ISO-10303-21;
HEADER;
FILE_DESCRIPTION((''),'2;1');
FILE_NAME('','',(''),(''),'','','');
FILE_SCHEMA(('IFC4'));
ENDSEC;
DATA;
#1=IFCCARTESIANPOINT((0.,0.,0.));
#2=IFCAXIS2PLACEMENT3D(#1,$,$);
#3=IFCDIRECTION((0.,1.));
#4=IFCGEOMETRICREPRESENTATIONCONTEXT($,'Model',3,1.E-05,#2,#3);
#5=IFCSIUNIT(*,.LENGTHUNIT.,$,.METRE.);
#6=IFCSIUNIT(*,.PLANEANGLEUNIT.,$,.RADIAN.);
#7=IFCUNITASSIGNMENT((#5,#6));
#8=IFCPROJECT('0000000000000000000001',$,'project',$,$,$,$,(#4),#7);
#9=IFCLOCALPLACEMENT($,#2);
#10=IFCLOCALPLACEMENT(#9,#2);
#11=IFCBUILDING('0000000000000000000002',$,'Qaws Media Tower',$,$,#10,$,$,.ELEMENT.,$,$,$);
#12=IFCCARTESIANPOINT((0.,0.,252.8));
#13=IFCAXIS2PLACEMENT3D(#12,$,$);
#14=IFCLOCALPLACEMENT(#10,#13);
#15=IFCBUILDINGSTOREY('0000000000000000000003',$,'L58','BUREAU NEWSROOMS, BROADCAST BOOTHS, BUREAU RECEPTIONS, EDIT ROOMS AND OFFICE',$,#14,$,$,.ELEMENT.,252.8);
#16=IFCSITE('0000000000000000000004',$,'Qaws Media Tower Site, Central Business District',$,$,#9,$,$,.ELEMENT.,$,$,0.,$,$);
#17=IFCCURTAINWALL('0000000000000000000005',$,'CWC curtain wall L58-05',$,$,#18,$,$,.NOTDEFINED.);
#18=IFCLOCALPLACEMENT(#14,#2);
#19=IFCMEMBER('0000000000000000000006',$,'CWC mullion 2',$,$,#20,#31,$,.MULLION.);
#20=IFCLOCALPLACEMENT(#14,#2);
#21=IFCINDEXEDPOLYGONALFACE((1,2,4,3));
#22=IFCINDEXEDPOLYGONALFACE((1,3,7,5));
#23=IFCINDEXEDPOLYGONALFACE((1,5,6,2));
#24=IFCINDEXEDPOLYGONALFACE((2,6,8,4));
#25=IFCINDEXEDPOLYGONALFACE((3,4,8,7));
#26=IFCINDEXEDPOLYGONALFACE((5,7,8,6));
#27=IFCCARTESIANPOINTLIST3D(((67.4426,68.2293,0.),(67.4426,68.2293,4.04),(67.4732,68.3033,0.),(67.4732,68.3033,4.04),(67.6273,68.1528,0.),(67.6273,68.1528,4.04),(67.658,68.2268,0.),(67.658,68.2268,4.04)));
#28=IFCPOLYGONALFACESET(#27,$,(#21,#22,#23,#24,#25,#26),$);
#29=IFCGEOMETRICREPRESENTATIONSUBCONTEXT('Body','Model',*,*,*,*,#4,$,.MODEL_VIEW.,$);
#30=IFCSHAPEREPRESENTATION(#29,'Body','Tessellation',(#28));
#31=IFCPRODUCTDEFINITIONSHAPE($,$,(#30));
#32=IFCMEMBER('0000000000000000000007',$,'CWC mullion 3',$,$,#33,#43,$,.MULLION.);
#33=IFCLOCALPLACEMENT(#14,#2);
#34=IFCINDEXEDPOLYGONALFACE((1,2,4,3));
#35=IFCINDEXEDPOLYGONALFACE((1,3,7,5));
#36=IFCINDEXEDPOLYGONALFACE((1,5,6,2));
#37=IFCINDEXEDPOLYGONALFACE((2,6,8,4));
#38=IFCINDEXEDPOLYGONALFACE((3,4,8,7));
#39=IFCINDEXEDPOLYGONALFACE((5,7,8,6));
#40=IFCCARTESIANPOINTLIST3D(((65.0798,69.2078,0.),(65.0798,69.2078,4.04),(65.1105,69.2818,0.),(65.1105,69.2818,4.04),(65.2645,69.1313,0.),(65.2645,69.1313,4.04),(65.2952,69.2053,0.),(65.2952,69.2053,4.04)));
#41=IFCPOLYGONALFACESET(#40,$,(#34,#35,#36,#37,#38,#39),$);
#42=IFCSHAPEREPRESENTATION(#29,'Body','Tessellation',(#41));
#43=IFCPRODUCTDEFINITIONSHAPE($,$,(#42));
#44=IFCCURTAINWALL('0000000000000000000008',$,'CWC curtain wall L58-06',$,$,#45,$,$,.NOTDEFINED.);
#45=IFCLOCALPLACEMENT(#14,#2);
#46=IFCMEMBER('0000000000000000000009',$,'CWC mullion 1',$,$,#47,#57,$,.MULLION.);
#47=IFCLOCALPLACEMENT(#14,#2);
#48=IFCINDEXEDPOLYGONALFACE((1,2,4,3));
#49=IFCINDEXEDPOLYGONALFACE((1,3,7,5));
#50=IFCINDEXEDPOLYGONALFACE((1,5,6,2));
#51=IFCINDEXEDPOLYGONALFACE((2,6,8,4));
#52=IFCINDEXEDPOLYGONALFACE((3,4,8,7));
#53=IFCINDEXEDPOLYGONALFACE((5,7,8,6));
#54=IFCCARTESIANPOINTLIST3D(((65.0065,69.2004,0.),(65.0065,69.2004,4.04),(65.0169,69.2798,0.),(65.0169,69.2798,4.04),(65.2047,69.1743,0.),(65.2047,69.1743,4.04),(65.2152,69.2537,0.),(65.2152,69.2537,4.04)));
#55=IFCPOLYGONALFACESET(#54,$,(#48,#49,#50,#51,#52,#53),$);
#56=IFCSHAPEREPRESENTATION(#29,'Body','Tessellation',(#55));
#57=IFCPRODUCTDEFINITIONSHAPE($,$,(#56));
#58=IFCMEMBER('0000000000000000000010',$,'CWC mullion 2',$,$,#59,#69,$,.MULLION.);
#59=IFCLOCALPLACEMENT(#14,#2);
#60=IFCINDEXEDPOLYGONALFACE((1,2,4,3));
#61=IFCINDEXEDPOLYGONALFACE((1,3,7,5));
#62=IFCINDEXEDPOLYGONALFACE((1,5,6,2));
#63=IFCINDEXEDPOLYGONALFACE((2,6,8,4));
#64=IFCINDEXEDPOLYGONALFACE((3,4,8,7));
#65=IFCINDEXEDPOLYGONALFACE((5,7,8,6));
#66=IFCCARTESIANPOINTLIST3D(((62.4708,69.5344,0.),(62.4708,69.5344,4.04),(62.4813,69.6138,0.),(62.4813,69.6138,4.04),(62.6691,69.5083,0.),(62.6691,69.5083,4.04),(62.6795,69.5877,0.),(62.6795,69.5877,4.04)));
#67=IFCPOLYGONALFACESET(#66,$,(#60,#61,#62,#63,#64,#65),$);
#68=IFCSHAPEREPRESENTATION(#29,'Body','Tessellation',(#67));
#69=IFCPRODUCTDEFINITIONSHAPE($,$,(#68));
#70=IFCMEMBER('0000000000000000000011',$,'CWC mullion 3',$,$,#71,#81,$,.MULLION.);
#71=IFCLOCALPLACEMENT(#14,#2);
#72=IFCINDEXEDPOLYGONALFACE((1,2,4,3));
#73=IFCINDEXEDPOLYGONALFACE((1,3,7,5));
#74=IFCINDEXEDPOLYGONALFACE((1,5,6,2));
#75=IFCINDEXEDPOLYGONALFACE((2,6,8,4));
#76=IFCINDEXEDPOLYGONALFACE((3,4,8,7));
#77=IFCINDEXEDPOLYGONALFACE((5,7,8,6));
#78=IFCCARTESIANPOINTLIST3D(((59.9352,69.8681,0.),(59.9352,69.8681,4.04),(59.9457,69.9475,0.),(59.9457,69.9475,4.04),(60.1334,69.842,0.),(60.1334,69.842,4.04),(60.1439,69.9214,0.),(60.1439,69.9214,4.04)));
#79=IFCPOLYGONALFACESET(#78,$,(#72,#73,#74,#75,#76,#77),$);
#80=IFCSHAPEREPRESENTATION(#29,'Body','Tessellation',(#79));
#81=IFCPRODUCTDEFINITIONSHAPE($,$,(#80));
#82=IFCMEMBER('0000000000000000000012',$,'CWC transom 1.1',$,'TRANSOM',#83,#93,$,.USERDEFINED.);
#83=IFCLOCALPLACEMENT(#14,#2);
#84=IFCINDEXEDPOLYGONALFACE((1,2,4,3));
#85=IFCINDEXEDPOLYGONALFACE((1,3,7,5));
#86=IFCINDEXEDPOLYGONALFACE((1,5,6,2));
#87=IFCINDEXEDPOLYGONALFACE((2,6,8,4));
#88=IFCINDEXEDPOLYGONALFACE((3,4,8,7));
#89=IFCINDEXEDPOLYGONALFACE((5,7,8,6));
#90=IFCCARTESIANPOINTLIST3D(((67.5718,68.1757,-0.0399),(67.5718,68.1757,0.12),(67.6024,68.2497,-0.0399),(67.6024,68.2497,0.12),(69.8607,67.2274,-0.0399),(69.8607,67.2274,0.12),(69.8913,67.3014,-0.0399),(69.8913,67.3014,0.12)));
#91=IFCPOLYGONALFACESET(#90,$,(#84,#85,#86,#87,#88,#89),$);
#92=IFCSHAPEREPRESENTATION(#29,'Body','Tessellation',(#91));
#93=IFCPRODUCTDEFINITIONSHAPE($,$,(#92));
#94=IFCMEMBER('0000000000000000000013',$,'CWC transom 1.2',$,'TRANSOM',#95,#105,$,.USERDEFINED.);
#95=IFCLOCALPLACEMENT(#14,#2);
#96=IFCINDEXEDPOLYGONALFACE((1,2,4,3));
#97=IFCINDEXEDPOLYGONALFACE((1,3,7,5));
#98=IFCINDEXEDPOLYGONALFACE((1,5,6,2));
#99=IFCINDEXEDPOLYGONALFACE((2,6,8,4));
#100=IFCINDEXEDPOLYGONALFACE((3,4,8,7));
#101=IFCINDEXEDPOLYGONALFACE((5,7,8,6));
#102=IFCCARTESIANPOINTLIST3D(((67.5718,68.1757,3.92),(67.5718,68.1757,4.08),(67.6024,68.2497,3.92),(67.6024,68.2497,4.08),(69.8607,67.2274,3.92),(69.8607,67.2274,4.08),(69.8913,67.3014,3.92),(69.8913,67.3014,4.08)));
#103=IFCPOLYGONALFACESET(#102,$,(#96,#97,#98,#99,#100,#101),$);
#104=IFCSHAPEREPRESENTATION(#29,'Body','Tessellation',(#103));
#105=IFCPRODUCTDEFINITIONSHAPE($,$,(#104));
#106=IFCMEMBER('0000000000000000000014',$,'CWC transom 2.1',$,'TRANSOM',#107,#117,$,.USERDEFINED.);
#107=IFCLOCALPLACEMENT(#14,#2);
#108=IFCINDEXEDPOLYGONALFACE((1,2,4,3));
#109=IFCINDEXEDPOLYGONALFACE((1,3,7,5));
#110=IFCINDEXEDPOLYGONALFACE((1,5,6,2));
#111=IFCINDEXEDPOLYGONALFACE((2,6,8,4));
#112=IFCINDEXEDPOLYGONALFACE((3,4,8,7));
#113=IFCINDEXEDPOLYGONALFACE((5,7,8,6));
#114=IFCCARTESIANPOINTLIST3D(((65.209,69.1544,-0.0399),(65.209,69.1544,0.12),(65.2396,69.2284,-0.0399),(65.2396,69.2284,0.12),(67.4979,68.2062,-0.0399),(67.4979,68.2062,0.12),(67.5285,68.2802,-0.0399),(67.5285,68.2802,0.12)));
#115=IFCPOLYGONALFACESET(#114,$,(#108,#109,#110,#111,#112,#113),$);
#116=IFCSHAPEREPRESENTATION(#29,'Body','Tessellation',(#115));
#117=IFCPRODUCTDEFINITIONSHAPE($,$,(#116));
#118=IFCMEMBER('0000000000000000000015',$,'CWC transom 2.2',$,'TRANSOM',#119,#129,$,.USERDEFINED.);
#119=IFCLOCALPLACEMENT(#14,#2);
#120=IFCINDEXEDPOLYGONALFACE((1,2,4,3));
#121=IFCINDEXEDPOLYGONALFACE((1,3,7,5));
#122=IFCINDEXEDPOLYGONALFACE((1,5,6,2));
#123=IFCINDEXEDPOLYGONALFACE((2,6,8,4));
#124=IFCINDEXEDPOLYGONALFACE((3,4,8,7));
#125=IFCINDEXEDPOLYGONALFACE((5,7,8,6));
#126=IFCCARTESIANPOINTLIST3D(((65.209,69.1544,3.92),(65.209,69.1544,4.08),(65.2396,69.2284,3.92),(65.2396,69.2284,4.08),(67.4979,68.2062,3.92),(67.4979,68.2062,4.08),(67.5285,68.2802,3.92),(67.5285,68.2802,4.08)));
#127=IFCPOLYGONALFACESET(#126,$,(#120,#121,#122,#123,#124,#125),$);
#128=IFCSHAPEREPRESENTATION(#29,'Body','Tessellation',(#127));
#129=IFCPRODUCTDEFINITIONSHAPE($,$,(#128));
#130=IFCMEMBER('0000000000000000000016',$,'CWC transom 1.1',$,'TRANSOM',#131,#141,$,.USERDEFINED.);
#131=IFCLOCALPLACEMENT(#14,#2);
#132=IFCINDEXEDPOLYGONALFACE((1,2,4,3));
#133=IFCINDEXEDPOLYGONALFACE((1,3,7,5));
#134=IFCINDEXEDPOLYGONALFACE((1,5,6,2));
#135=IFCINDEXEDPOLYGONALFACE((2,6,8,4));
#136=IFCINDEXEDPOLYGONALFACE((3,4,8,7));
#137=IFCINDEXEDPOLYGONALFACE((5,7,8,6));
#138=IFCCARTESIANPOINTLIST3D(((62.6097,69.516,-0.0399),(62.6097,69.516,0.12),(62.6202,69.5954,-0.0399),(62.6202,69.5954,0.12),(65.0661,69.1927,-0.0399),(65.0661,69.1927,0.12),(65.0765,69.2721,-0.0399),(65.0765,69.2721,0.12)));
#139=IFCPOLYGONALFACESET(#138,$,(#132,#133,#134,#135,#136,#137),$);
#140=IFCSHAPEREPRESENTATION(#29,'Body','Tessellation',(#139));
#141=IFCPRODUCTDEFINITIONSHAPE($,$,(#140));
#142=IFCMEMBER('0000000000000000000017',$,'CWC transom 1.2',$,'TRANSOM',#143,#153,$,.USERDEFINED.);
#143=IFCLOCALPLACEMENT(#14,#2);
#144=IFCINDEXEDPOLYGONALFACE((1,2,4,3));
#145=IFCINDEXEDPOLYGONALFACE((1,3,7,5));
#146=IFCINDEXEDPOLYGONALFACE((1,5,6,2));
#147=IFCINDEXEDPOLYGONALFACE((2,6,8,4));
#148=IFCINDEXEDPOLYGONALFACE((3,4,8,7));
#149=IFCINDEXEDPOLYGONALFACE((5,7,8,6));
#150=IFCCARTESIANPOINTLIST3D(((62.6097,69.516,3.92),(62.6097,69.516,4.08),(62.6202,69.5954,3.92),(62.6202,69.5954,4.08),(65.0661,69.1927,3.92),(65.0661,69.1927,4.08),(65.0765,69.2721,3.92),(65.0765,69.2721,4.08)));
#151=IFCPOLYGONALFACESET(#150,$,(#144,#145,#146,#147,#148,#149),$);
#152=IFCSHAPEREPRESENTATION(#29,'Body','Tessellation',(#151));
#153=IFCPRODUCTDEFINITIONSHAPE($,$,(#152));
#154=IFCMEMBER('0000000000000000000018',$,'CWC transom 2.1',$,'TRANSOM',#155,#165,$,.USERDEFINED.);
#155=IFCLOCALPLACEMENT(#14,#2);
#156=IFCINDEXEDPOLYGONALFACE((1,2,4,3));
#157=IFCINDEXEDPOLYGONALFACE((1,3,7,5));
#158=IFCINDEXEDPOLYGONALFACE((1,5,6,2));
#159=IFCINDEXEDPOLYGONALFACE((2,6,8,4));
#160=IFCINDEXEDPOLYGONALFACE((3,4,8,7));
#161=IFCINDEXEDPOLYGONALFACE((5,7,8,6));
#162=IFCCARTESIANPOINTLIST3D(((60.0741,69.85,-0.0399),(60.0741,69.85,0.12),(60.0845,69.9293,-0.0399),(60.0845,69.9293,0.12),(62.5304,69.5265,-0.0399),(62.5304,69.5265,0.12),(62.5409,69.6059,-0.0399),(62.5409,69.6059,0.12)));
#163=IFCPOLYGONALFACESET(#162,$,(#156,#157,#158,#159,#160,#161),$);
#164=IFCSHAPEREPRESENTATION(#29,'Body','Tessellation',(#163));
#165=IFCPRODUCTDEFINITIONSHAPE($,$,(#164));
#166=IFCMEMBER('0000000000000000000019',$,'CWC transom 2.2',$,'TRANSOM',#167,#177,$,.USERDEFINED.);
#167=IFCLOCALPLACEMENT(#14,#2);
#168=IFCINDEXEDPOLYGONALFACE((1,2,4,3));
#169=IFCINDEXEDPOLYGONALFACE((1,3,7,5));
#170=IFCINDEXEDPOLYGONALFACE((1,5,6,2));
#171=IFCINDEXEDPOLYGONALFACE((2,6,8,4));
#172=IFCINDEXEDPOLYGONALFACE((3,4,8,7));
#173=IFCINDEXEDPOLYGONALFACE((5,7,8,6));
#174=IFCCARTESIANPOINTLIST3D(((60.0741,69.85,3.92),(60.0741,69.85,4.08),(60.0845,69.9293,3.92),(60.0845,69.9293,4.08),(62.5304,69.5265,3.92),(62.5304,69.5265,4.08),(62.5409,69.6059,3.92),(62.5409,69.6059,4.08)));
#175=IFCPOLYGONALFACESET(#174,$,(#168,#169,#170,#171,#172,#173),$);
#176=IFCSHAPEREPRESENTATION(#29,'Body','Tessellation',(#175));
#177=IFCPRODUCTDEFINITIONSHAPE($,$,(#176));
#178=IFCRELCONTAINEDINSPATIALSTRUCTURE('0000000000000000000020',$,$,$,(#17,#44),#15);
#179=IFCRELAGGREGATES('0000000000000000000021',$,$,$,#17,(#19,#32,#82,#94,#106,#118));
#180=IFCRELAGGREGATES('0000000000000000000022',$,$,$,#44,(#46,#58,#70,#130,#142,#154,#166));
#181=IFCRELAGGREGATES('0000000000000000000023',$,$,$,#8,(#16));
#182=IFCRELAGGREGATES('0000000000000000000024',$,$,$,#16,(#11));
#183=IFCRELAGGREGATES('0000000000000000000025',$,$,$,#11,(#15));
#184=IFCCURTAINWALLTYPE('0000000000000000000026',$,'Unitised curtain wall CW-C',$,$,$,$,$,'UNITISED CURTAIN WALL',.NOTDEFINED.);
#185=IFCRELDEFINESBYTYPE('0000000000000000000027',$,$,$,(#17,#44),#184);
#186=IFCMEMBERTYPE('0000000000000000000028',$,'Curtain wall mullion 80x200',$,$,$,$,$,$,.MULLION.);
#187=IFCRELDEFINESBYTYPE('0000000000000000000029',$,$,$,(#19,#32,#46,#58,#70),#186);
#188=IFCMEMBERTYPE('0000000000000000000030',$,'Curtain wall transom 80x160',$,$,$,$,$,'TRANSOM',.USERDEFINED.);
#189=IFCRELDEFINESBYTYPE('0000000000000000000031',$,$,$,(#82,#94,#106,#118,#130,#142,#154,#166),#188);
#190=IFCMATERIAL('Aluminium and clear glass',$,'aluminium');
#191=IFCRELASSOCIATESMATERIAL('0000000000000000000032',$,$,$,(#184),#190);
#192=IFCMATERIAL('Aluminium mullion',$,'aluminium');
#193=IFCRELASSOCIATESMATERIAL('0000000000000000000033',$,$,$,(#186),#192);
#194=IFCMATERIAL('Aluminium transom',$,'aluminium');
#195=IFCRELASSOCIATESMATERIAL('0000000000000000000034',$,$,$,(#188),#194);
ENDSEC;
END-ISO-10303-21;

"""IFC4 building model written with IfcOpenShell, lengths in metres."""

from ifc_helpers import new_model, si_unit, direction, frame, origin, origin_2d, place, context, subcontext, project, spatial, rectangle, extrude, material, material_profile, profile_set, type_object, element, aggregate, save


model = new_model("IFC4")

# Units and contexts
model_context = context("Model", 3, precision=1e-05, world=origin(), true_north=direction((0.0, 1.0)))
body_context = subcontext(model_context, "Body", "Model", "MODEL_VIEW")
ifc_project = project(units=[si_unit("LENGTHUNIT", "METRE"), si_unit("PLANEANGLEUNIT", "RADIAN")], contexts=[model_context])

# Site, building, storey
site_placement = place(None, origin())
site = spatial("IfcSite", under=ifc_project, at=site_placement, Name="Qaws Media Tower Site, Central Business District", CompositionType="ELEMENT", RefElevation=0.0)
building_placement = place(site_placement, origin())
building = spatial("IfcBuilding", under=site, at=building_placement, Name="Qaws Media Tower", CompositionType="ELEMENT")
storey_placement = place(building_placement, frame((0.0, 0.0, 252.8)))
storey = spatial("IfcBuildingStorey", under=building, at=storey_placement, Name="L58", Description="BUREAU NEWSROOMS, BROADCAST BOOTHS, BUREAU RECEPTIONS, EDIT ROOMS AND OFFICE", CompositionType="ELEMENT", Elevation=252.8)

# Curtain walls, members
ifc_material_1 = material(Name="Aluminium and clear glass", Category="aluminium")
curtain_wall_type = type_object("IfcCurtainWallType", Name="Unitised curtain wall CW-C", ElementType="UNITISED CURTAIN WALL", PredefinedType="NOTDEFINED", material=ifc_material_1)
curtain_wall_1_placement = place(storey_placement, origin())
curtain_wall_1 = element("IfcCurtainWall", 1, at=curtain_wall_1_placement, inside=storey, type_object=curtain_wall_type, Name="CWC curtain wall L58-05", PredefinedType="NOTDEFINED")
ifc_material_2 = material(Name="Aluminium mullion", Category="aluminium")
ifc_material_profile_1 = material_profile(ifc_material_2, rectangle(XDim=0.0801, YDim=0.2, at=origin_2d()), Name="80x200")
ifc_profile_set_1 = profile_set([ifc_material_profile_1], Name="Aluminium mullion")
member_type_1 = type_object("IfcMemberType", Name="Curtain wall mullion 80x200", PredefinedType="MULLION", material=ifc_profile_set_1)
member_1_placement = place(storey_placement, frame((67.5503, 68.228, 0.0), z_axis=(0.0, 0.0, 1.0), x_axis=(-0.382683, -0.92388, 0.0)))
member_1 = element("IfcMember", 2, at=member_1_placement, type_object=member_type_1, Name="CWC mullion 2", PredefinedType="MULLION", context=body_context, shape_type="SweptSolid", body=[
    extrude(rectangle(XDim=0.0801, YDim=0.2, at=origin_2d()), origin(), (0.0, 0.0, 1.0), 4.04),
])
member_2_placement = place(storey_placement, frame((65.1875, 69.2065, 0.0), z_axis=(0.0, 0.0, 1.0), x_axis=(-0.382683, -0.92388, 0.0)))
member_2 = element("IfcMember", 3, at=member_2_placement, type_object=member_type_1, Name="CWC mullion 3", PredefinedType="MULLION", context=body_context, shape_type="SweptSolid", body=[
    extrude(rectangle(XDim=0.0801, YDim=0.2, at=origin_2d()), origin(), (0.0, 0.0, 1.0), 4.04),
])
curtain_wall_2_placement = place(storey_placement, origin())
curtain_wall_2 = element("IfcCurtainWall", 4, at=curtain_wall_2_placement, inside=storey, type_object=curtain_wall_type, Name="CWC curtain wall L58-06", PredefinedType="NOTDEFINED")
member_3_placement = place(storey_placement, frame((65.1108, 69.2271, 0.0), z_axis=(0.0, 0.0, 1.0), x_axis=(-0.130526, -0.991445, 0.0)))
member_3 = element("IfcMember", 5, at=member_3_placement, type_object=member_type_1, Name="CWC mullion 1", PredefinedType="MULLION", context=body_context, shape_type="SweptSolid", body=[
    extrude(rectangle(XDim=0.0801, YDim=0.2, at=origin_2d()), origin(), (0.0, 0.0, 1.0), 4.04),
])
member_4_placement = place(storey_placement, frame((62.5752, 69.561, 0.0), z_axis=(0.0, 0.0, 1.0), x_axis=(-0.130526, -0.991445, 0.0)))
member_4 = element("IfcMember", 6, at=member_4_placement, type_object=member_type_1, Name="CWC mullion 2", PredefinedType="MULLION", context=body_context, shape_type="SweptSolid", body=[
    extrude(rectangle(XDim=0.0801, YDim=0.2, at=origin_2d()), origin(), (0.0, 0.0, 1.0), 4.04),
])
member_5_placement = place(storey_placement, frame((60.0396, 69.8948, 0.0), z_axis=(0.0, 0.0, 1.0), x_axis=(-0.130526, -0.991445, 0.0)))
member_5 = element("IfcMember", 7, at=member_5_placement, type_object=member_type_1, Name="CWC mullion 3", PredefinedType="MULLION", context=body_context, shape_type="SweptSolid", body=[
    extrude(rectangle(XDim=0.0801, YDim=0.2, at=origin_2d()), origin(), (0.0, 0.0, 1.0), 4.04),
])

# Members
ifc_material_3 = material(Name="Aluminium transom", Category="aluminium")
ifc_material_profile_2 = material_profile(ifc_material_3, rectangle(XDim=0.0801, YDim=0.1599, at=origin_2d()), Name="80x160")
ifc_profile_set_2 = profile_set([ifc_material_profile_2], Name="Aluminium transom")
member_type_2 = type_object("IfcMemberType", Name="Curtain wall transom 80x160", ElementType="TRANSOM", PredefinedType="USERDEFINED", material=ifc_profile_set_2)
member_6_placement = place(storey_placement, frame((69.876, 67.2644, 0.04), z_axis=(-0.923853, 0.382746, 0.0), x_axis=(-0.382746, -0.923853, 0.0)))
member_6 = element("IfcMember", 8, at=member_6_placement, type_object=member_type_2, Name="CWC transom 1.1", ObjectType="TRANSOM", PredefinedType="USERDEFINED", context=body_context, shape_type="SweptSolid", body=[
    extrude(rectangle(XDim=0.0801, YDim=0.1599, at=origin_2d()), origin(), (0.0, 0.0, 1.0), 2.4775),
])
member_7_placement = place(storey_placement, frame((69.876, 67.2644, 4.0), z_axis=(-0.923853, 0.382746, 0.0), x_axis=(-0.382746, -0.923853, 0.0)))
member_7 = element("IfcMember", 9, at=member_7_placement, type_object=member_type_2, Name="CWC transom 1.2", ObjectType="TRANSOM", PredefinedType="USERDEFINED", context=body_context, shape_type="SweptSolid", body=[
    extrude(rectangle(XDim=0.0801, YDim=0.1599, at=origin_2d()), origin(), (0.0, 0.0, 1.0), 2.4775),
])
member_8_placement = place(storey_placement, frame((67.5132, 68.2432, 0.04), z_axis=(-0.923853, 0.382746, 0.0), x_axis=(-0.382746, -0.923853, 0.0)))
member_8 = element("IfcMember", 10, at=member_8_placement, type_object=member_type_2, Name="CWC transom 2.1", ObjectType="TRANSOM", PredefinedType="USERDEFINED", context=body_context, shape_type="SweptSolid", body=[
    extrude(rectangle(XDim=0.0801, YDim=0.1599, at=origin_2d()), origin(), (0.0, 0.0, 1.0), 2.4775),
])
member_9_placement = place(storey_placement, frame((67.5132, 68.2432, 4.0), z_axis=(-0.923853, 0.382746, 0.0), x_axis=(-0.382746, -0.923853, 0.0)))
member_9 = element("IfcMember", 11, at=member_9_placement, type_object=member_type_2, Name="CWC transom 2.2", ObjectType="TRANSOM", PredefinedType="USERDEFINED", context=body_context, shape_type="SweptSolid", body=[
    extrude(rectangle(XDim=0.0801, YDim=0.1599, at=origin_2d()), origin(), (0.0, 0.0, 1.0), 2.4775),
])
member_10_placement = place(storey_placement, frame((65.0713, 69.2324, 0.04), z_axis=(-0.991452, 0.130472, 0.0), x_axis=(-0.130472, -0.991452, 0.0)))
member_10 = element("IfcMember", 12, at=member_10_placement, type_object=member_type_2, Name="CWC transom 1.1", ObjectType="TRANSOM", PredefinedType="USERDEFINED", context=body_context, shape_type="SweptSolid", body=[
    extrude(rectangle(XDim=0.0801, YDim=0.1599, at=origin_2d()), origin(), (0.0, 0.0, 1.0), 2.4775),
])
member_11_placement = place(storey_placement, frame((65.0713, 69.2324, 4.0), z_axis=(-0.991452, 0.130472, 0.0), x_axis=(-0.130472, -0.991452, 0.0)))
member_11 = element("IfcMember", 13, at=member_11_placement, type_object=member_type_2, Name="CWC transom 1.2", ObjectType="TRANSOM", PredefinedType="USERDEFINED", context=body_context, shape_type="SweptSolid", body=[
    extrude(rectangle(XDim=0.0801, YDim=0.1599, at=origin_2d()), origin(), (0.0, 0.0, 1.0), 2.4775),
])
member_12_placement = place(storey_placement, frame((62.5356, 69.5662, 0.04), z_axis=(-0.991439, 0.130569, 0.0), x_axis=(-0.130569, -0.991439, 0.0)))
member_12 = element("IfcMember", 14, at=member_12_placement, type_object=member_type_2, Name="CWC transom 2.1", ObjectType="TRANSOM", PredefinedType="USERDEFINED", context=body_context, shape_type="SweptSolid", body=[
    extrude(rectangle(XDim=0.0801, YDim=0.1599, at=origin_2d()), origin(), (0.0, 0.0, 1.0), 2.4775),
])
member_13_placement = place(storey_placement, frame((62.5356, 69.5662, 4.0), z_axis=(-0.991439, 0.130569, 0.0), x_axis=(-0.130569, -0.991439, 0.0)))
member_13 = element("IfcMember", 15, at=member_13_placement, type_object=member_type_2, Name="CWC transom 2.2", ObjectType="TRANSOM", PredefinedType="USERDEFINED", context=body_context, shape_type="SweptSolid", body=[
    extrude(rectangle(XDim=0.0801, YDim=0.1599, at=origin_2d()), origin(), (0.0, 0.0, 1.0), 2.4775),
])

aggregate(curtain_wall_1, [member_1, member_2, member_6, member_7, member_8, member_9])
aggregate(curtain_wall_2, [member_3, member_4, member_5, member_10, member_11, member_12, member_13])

save(model, "model.ifc")
